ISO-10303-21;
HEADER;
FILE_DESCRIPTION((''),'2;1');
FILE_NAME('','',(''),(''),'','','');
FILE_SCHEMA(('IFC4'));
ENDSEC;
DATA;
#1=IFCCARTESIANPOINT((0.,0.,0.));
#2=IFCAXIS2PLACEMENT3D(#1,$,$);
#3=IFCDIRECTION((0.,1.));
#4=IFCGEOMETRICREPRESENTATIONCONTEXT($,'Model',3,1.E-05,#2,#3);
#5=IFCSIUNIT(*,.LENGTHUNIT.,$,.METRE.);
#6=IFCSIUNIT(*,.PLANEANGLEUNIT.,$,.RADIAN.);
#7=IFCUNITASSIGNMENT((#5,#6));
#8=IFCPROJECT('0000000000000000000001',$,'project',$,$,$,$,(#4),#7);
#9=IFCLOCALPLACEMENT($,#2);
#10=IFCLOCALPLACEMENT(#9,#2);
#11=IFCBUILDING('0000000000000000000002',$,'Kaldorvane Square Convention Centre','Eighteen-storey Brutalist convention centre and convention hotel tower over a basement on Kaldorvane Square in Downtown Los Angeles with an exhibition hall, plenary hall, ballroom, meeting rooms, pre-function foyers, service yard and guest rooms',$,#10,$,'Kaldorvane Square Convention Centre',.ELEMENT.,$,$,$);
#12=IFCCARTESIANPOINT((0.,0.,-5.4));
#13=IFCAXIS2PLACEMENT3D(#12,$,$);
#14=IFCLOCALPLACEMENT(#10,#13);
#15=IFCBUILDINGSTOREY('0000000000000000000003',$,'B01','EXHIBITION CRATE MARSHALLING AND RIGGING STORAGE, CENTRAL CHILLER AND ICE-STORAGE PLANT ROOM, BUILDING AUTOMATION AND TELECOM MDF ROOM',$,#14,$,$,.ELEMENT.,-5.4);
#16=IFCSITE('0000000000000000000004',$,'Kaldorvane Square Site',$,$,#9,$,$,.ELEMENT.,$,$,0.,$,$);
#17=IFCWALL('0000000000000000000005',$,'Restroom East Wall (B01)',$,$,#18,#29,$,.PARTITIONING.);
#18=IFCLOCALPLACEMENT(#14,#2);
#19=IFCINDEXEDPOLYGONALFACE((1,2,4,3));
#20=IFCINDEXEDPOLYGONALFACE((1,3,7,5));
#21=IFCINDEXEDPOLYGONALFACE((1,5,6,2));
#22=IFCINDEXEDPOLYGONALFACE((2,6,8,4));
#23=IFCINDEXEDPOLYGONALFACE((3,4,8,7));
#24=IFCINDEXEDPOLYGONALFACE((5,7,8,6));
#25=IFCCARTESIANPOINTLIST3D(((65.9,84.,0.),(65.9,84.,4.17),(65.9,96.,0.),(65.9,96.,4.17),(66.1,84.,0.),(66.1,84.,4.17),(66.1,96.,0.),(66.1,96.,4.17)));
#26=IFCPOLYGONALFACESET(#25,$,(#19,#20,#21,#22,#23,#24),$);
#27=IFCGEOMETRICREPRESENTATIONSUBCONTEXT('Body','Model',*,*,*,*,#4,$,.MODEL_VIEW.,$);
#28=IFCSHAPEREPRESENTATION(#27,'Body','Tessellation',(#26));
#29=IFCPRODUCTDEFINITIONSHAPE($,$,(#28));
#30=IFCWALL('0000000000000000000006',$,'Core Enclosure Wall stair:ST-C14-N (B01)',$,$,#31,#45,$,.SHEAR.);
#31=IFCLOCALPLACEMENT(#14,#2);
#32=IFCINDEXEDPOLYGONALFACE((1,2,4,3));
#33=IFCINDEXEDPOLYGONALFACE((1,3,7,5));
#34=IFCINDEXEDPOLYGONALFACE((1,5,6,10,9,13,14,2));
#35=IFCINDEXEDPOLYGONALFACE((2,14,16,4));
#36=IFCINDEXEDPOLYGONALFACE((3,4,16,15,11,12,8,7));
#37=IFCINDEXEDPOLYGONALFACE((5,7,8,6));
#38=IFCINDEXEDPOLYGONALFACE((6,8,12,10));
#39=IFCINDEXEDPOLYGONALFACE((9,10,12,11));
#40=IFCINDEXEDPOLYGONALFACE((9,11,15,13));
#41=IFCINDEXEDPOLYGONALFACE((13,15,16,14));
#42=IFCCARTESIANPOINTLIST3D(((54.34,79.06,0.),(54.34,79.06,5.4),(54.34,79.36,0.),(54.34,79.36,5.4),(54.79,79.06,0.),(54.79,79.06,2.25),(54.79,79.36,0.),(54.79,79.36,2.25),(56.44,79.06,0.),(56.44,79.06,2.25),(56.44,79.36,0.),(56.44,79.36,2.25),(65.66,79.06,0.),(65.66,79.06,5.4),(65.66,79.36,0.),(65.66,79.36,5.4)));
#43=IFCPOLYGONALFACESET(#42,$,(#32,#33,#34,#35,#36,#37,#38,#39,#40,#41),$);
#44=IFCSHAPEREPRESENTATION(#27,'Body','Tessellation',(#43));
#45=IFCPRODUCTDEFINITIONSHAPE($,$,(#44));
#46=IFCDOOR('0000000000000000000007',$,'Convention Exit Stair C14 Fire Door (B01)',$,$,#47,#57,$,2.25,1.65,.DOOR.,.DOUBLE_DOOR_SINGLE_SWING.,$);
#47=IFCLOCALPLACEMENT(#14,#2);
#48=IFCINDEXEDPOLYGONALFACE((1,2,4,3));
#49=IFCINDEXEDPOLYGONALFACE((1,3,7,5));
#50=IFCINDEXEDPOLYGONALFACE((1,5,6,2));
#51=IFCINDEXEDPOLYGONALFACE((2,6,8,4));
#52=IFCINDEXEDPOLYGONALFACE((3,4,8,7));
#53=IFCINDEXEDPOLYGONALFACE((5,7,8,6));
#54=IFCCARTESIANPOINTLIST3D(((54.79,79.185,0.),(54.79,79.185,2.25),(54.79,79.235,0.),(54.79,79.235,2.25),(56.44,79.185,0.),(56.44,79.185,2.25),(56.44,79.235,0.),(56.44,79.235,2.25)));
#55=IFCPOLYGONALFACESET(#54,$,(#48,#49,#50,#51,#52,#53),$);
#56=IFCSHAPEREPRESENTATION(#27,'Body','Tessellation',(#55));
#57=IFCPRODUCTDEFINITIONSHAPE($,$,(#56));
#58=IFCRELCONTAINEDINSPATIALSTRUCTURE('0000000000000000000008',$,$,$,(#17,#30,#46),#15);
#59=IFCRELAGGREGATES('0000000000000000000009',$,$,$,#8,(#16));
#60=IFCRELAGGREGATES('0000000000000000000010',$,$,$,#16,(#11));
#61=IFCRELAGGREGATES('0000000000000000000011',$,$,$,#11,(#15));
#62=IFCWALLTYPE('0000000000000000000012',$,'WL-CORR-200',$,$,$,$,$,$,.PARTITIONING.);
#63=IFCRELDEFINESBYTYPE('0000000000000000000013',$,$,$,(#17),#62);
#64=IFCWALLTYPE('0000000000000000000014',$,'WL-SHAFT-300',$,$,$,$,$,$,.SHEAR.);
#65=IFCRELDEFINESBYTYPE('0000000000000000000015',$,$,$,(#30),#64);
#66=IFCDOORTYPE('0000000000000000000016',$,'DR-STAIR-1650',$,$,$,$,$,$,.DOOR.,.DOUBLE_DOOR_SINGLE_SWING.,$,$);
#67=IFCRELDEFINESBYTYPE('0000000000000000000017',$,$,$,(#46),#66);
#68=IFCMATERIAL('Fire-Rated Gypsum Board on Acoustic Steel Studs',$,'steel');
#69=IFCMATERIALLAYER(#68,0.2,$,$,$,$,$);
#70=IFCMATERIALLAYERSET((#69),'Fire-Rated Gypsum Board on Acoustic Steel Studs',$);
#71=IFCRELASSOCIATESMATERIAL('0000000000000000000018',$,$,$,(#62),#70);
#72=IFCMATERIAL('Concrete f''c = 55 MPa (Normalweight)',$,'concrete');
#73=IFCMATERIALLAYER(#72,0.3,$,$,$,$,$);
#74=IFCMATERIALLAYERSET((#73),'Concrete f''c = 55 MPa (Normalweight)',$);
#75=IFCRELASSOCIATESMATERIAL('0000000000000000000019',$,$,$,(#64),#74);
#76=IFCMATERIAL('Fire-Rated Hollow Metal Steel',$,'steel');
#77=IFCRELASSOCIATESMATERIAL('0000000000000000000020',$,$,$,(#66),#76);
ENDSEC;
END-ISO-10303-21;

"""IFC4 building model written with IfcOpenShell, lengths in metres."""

from ifc_helpers import new_model, si_unit, direction, frame, frame_2d, origin, place, context, subcontext, project, spatial, rectangle, extrude, material, layer, layer_set, type_object, element, fill, save


model = new_model("IFC4")

# Units and contexts
model_context = context("Model", 3, precision=1e-05, world=origin(), true_north=direction((0.0, 1.0)))
body_context = subcontext(model_context, "Body", "Model", "MODEL_VIEW")
ifc_project = project(units=[si_unit("LENGTHUNIT", "METRE"), si_unit("PLANEANGLEUNIT", "RADIAN")], contexts=[model_context])

# Site, building, storey
site_placement = place(None, origin())
site = spatial("IfcSite", under=ifc_project, at=site_placement, Name="Kaldorvane Square Site", CompositionType="ELEMENT", RefElevation=0.0)
building_placement = place(site_placement, origin())
building = spatial("IfcBuilding", under=site, at=building_placement, Name="Kaldorvane Square Convention Centre", Description="Eighteen-storey Brutalist convention centre and convention hotel tower over a basement on Kaldorvane Square in Downtown Los Angeles with an exhibition hall, plenary hall, ballroom, meeting rooms, pre-function foyers, service yard and guest rooms", LongName="Kaldorvane Square Convention Centre", CompositionType="ELEMENT")
storey_placement = place(building_placement, frame((0.0, 0.0, -5.4)))
storey = spatial("IfcBuildingStorey", under=building, at=storey_placement, Name="B01", Description="EXHIBITION CRATE MARSHALLING AND RIGGING STORAGE, CENTRAL CHILLER AND ICE-STORAGE PLANT ROOM, BUILDING AUTOMATION AND TELECOM MDF ROOM", CompositionType="ELEMENT", Elevation=-5.4)

# Shared definitions
ifc_material_1 = material(Name="Concrete f'c = 55 MPa (Normalweight)", Category="concrete")

# Wall
ifc_material_2 = material(Name="Fire-Rated Gypsum Board on Acoustic Steel Studs", Category="steel")
ifc_layer_1 = layer(ifc_material_2, 0.2)
ifc_layer_set_1 = layer_set([ifc_layer_1], Name="Fire-Rated Gypsum Board on Acoustic Steel Studs")
wall_type_1 = type_object("IfcWallType", Name="WL-CORR-200", PredefinedType="PARTITIONING", material=ifc_layer_set_1)
wall_1_placement = place(storey_placement, frame((66.0, 84.0, 0.0), z_axis=(0.0, 0.0, 1.0), x_axis=(0.0, 1.0, 0.0)))
element("IfcWall", 1, at=wall_1_placement, inside=storey, type_object=wall_type_1, Name="Restroom East Wall (B01)", PredefinedType="PARTITIONING", context=body_context, shape_type="SweptSolid", body=[
    extrude(rectangle(XDim=12.0, YDim=0.2, at=frame_2d((6.0, 0.0))), origin(), (0.0, 0.0, 1.0), 4.17),
])

# Wall, opening, door
ifc_layer_2 = layer(ifc_material_1, 0.3)
ifc_layer_set_2 = layer_set([ifc_layer_2], Name="Concrete f'c = 55 MPa (Normalweight)")
wall_type_2 = type_object("IfcWallType", Name="WL-SHAFT-300", PredefinedType="SHEAR", material=ifc_layer_set_2)
wall_2_placement = place(storey_placement, frame((65.66, 79.21, 0.0), z_axis=(0.0, 0.0, 1.0), x_axis=(-1.0, 0.0, 0.0)))
wall_2 = element("IfcWall", 2, at=wall_2_placement, inside=storey, type_object=wall_type_2, Name="Core Enclosure Wall stair:ST-C14-N (B01)", PredefinedType="SHEAR", context=body_context, shape_type="SweptSolid", body=[
    extrude(rectangle(XDim=11.32, YDim=0.3, at=frame_2d((5.66, 0.0))), origin(), (0.0, 0.0, 1.0), 5.4),
])
opening_placement = place(wall_2_placement, frame((9.22, 0.0, 0.0)))
opening = element("IfcOpeningElement", 3, at=opening_placement, cuts=wall_2, PredefinedType="OPENING", context=body_context, shape_type="SweptSolid", body=[
    extrude(rectangle(XDim=1.65, YDim=2.25, at=frame_2d((0.825, 1.125))), frame((0.0, 0.165, 0.0), z_axis=(0.0, -1.0, 0.0), x_axis=(1.0, 0.0, 0.0)), (0.0, 0.0, 1.0), 0.33),
])
ifc_material_3 = material(Name="Fire-Rated Hollow Metal Steel", Category="steel")
door_type = type_object("IfcDoorType", Name="DR-STAIR-1650", OperationType="DOUBLE_DOOR_SINGLE_SWING", PredefinedType="DOOR", material=ifc_material_3)
door_placement = place(opening_placement, origin())
door = element("IfcDoor", 4, at=door_placement, inside=storey, type_object=door_type, Name="Convention Exit Stair C14 Fire Door (B01)", OperationType="DOUBLE_DOOR_SINGLE_SWING", OverallHeight=2.25, OverallWidth=1.65, PredefinedType="DOOR", context=body_context, shape_type="SweptSolid", body=[
    extrude(rectangle(XDim=1.65, YDim=2.25, at=frame_2d((0.825, 1.125))), frame((0.0, 0.025, 0.0), z_axis=(0.0, -1.0, 0.0), x_axis=(1.0, 0.0, 0.0)), (0.0, 0.0, 1.0), 0.05),
])
fill(opening, door)

save(model, "model.ifc")
